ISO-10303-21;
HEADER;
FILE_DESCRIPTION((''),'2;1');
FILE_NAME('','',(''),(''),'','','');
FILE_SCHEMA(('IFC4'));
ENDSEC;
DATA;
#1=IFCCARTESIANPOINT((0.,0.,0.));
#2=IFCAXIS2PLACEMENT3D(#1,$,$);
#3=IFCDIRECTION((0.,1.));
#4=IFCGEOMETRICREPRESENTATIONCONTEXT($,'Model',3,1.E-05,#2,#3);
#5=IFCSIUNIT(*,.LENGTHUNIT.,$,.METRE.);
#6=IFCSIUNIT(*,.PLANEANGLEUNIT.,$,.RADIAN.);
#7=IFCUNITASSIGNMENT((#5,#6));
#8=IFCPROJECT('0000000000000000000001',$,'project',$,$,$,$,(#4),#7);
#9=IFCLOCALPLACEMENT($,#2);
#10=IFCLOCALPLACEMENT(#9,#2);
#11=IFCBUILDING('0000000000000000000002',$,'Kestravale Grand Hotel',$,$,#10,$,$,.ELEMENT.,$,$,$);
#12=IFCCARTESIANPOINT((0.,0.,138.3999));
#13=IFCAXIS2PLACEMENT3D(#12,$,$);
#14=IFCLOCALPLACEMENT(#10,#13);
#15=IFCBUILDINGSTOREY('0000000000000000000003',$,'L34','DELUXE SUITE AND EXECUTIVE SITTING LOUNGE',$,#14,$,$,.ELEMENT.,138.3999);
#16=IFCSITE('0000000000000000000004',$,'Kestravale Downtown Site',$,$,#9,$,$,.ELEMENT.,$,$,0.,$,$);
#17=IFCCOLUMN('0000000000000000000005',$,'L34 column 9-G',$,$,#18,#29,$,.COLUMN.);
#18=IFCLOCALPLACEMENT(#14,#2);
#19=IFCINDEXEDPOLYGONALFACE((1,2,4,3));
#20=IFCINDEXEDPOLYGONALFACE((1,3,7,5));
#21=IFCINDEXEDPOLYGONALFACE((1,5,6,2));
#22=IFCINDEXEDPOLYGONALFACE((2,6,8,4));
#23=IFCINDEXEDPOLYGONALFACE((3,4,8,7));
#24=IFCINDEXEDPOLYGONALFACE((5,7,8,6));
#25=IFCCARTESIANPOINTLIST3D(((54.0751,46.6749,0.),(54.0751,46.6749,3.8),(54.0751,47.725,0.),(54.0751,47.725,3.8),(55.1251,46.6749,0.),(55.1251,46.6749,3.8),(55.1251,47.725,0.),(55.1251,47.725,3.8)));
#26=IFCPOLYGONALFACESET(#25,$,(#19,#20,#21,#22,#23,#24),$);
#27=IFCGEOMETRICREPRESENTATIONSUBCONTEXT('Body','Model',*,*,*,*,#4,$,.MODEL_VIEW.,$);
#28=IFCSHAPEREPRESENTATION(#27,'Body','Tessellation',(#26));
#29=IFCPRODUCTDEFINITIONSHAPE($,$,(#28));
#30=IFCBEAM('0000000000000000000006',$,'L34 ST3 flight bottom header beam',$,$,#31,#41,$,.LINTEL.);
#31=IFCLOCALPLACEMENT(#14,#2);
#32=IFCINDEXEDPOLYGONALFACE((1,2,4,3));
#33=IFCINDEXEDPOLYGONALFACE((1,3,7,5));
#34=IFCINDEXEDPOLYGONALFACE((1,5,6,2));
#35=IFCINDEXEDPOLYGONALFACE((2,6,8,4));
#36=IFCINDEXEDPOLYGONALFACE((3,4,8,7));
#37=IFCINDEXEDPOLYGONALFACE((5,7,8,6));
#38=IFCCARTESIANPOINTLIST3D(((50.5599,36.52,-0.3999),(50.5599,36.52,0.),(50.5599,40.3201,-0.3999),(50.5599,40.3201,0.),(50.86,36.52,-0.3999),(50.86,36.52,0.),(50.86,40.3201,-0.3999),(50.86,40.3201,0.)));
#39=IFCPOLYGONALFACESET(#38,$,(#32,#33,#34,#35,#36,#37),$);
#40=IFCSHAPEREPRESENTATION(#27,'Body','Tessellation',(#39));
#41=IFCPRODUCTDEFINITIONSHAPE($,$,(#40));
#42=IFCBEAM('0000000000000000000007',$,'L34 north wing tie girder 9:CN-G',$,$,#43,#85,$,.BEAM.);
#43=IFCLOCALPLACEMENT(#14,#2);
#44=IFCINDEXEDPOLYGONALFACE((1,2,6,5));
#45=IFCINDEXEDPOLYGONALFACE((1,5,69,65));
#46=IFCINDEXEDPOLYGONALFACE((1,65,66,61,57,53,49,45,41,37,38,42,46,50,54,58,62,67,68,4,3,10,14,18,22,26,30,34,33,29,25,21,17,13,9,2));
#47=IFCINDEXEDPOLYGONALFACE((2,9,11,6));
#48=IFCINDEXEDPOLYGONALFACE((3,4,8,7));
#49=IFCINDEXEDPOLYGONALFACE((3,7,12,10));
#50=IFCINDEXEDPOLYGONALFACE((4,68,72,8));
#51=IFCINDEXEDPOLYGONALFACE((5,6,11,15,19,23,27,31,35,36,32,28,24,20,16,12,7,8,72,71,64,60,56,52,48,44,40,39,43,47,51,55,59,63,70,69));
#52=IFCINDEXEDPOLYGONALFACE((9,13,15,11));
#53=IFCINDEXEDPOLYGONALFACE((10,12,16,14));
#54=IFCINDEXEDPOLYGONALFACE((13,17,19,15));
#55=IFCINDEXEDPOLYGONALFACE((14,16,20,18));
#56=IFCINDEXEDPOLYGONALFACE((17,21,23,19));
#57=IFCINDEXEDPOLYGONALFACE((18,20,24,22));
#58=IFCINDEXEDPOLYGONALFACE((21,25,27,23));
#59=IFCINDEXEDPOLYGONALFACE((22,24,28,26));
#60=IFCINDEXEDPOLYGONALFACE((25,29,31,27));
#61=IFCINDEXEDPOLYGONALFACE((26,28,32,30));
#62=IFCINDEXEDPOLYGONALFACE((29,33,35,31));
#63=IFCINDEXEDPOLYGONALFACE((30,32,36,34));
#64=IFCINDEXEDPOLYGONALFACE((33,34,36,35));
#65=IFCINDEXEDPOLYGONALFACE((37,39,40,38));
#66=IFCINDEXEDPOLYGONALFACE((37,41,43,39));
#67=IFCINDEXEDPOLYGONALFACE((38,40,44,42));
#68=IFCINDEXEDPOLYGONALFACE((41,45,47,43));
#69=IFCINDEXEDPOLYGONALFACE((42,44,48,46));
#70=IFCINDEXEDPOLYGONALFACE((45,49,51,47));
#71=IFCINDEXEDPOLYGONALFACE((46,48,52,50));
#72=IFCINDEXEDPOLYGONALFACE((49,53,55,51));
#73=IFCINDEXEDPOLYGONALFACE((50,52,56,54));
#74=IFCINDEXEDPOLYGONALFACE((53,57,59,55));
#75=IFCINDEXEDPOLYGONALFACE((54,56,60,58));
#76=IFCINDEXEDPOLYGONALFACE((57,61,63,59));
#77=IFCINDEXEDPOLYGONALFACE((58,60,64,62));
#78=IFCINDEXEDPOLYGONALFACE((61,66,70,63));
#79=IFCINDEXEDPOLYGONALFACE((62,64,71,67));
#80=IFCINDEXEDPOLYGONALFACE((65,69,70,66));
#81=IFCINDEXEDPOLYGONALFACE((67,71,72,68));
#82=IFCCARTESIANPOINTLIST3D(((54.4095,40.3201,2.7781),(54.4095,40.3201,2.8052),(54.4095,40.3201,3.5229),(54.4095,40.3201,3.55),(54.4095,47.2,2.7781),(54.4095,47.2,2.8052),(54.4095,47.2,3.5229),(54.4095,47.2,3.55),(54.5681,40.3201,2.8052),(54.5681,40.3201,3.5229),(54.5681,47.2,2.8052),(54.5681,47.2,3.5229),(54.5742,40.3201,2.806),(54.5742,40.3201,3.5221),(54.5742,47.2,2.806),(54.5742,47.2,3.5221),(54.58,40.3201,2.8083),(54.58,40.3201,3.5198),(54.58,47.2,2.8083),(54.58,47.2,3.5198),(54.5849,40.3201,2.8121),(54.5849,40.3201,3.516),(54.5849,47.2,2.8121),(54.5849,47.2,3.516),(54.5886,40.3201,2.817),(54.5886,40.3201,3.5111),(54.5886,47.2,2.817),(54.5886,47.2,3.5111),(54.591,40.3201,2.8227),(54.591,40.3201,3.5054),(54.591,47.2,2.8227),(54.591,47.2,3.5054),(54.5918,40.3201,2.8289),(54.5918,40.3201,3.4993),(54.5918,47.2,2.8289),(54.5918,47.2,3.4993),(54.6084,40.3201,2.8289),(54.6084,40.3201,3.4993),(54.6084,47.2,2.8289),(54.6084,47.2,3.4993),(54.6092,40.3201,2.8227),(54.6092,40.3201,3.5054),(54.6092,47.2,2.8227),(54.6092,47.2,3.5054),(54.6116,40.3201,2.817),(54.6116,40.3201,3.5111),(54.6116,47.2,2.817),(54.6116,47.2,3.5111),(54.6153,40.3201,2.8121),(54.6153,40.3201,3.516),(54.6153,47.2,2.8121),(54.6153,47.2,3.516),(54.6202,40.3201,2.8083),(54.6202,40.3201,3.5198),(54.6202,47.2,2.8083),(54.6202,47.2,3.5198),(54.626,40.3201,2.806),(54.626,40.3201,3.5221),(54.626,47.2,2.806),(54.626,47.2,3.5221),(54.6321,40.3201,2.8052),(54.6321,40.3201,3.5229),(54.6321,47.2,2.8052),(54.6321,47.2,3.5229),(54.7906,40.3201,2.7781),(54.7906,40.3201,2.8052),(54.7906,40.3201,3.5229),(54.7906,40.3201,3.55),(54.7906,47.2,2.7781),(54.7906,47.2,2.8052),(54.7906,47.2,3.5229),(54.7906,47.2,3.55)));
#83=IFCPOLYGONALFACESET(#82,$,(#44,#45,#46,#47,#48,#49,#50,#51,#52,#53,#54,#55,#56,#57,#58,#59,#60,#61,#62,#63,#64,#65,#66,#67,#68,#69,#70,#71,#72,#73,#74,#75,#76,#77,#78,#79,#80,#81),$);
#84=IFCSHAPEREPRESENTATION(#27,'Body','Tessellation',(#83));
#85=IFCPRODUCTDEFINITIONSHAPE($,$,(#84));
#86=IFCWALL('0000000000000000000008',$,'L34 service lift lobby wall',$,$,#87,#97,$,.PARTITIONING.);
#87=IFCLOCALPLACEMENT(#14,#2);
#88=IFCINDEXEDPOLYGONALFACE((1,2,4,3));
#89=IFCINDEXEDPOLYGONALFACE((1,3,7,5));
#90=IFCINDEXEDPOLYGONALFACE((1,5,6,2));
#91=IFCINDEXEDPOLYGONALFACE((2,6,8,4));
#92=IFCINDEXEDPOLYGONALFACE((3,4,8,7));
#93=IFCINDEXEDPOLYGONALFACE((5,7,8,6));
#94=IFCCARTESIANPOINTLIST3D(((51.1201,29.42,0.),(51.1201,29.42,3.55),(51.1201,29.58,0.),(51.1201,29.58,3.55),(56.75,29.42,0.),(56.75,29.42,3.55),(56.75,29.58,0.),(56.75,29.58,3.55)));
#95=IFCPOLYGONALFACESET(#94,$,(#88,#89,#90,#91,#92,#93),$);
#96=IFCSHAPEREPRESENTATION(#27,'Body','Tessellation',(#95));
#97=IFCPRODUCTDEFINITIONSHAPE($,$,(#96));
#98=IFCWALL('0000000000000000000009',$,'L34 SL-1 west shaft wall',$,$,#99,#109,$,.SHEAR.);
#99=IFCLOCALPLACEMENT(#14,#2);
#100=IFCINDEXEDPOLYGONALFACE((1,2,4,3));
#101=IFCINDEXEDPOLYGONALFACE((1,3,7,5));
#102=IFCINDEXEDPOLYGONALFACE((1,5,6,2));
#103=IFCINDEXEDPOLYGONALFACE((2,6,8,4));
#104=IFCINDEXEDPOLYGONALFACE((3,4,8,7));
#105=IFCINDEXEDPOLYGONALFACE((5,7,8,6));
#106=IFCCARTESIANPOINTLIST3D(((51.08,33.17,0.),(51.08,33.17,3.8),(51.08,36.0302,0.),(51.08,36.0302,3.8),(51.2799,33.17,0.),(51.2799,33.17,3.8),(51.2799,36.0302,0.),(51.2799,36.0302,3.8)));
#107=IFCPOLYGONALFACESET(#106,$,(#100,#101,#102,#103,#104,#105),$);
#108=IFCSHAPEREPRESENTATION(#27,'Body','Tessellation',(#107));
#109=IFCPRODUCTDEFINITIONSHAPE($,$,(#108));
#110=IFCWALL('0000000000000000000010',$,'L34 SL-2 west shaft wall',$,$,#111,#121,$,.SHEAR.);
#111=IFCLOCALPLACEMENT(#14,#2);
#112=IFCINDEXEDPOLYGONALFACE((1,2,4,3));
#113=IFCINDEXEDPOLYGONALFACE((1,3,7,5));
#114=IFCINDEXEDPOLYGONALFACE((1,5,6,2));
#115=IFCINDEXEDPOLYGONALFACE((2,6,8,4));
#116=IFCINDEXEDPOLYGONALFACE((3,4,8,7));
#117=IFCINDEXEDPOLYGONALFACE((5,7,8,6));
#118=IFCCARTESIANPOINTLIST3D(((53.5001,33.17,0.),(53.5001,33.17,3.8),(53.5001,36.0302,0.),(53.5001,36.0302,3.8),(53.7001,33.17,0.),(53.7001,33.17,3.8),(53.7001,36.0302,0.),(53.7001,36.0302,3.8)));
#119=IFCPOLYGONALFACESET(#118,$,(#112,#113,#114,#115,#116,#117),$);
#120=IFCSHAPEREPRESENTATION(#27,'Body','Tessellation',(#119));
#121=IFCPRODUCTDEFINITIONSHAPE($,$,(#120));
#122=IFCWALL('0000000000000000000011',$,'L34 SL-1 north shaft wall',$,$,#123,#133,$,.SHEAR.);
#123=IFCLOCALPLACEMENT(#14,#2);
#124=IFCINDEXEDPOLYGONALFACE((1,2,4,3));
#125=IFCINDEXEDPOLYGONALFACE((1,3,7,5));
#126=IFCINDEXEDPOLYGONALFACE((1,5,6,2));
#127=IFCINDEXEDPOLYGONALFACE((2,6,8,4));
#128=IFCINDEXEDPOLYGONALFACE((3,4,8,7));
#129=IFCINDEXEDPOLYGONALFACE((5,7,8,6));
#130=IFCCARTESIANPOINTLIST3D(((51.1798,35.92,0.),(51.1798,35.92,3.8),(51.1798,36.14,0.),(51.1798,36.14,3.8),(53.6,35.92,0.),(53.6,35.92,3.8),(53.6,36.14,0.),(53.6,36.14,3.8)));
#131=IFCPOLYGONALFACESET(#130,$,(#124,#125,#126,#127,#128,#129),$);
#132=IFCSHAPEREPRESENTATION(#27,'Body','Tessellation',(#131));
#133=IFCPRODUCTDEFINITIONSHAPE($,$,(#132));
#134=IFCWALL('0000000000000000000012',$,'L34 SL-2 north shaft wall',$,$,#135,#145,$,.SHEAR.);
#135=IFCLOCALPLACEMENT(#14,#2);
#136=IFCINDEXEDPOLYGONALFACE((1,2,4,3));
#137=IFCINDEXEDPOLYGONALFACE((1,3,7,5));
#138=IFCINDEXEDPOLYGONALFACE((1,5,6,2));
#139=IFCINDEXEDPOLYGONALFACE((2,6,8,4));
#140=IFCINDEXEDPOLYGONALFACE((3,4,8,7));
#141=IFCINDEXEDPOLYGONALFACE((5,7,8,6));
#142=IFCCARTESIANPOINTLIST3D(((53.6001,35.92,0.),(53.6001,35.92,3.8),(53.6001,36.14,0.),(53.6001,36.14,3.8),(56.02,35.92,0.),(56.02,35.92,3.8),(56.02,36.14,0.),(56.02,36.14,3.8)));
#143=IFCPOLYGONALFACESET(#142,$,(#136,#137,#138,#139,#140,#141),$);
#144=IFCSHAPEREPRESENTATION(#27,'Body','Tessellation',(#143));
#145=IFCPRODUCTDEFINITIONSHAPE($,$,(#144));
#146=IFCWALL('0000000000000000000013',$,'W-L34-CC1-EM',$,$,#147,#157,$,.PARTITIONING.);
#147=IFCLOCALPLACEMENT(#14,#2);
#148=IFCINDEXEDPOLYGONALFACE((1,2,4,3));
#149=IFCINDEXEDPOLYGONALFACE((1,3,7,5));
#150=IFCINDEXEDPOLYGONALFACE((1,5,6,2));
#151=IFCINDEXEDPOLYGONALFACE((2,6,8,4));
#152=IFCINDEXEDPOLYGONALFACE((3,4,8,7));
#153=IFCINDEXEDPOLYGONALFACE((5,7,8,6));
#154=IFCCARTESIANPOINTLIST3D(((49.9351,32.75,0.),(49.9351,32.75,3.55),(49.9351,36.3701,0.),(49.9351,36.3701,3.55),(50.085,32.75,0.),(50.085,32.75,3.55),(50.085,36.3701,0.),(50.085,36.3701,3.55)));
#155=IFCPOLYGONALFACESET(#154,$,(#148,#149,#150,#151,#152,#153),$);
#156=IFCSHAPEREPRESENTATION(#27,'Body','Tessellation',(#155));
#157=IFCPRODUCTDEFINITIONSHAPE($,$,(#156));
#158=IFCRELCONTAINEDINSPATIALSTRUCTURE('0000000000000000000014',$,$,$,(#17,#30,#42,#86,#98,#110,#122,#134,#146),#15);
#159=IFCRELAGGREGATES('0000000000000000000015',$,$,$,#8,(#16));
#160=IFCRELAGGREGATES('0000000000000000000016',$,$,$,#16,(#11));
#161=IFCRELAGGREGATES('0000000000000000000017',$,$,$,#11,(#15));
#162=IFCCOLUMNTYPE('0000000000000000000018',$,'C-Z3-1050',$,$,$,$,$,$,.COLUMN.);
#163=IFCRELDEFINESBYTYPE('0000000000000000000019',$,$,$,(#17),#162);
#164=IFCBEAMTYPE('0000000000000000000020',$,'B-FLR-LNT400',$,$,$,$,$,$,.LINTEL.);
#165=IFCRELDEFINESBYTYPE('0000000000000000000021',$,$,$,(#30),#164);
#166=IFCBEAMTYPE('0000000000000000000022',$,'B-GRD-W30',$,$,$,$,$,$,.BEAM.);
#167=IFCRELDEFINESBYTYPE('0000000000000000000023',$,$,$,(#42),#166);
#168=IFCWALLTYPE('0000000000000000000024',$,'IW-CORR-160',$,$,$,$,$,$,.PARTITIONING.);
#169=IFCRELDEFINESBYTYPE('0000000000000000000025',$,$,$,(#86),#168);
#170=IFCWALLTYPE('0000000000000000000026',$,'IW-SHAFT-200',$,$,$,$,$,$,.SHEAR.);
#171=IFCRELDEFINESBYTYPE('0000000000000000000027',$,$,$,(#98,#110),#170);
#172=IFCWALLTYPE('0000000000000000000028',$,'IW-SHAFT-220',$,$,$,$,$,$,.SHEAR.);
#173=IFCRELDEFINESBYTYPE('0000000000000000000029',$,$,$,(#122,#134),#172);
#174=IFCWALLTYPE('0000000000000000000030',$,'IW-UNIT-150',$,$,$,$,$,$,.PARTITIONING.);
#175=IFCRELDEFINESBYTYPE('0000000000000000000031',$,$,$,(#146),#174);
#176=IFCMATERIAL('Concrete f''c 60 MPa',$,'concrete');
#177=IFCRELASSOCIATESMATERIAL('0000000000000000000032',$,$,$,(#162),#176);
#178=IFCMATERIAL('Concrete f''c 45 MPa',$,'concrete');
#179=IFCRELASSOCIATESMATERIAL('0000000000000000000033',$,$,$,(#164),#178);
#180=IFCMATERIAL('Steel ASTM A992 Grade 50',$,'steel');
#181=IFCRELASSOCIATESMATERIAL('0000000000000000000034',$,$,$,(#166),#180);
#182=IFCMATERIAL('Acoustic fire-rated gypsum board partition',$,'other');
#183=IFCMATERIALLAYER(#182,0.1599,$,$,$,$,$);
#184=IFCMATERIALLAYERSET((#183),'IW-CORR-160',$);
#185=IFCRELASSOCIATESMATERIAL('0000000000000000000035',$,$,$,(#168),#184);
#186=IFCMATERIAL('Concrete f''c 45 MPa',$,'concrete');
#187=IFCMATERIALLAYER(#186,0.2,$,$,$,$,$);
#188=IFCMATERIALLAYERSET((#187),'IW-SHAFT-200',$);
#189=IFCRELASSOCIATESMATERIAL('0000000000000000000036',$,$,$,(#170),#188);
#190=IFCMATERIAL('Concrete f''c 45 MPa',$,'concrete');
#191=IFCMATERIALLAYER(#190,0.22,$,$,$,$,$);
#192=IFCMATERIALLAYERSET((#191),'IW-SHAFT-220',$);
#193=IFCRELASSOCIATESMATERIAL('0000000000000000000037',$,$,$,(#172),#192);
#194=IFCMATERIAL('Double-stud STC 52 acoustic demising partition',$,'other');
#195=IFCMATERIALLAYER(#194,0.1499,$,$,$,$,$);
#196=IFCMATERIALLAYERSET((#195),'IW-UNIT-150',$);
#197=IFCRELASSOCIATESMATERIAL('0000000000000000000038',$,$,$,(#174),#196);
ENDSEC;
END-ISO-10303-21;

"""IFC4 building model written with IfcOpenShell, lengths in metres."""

from ifc_helpers import new_model, si_unit, direction, frame, frame_2d, origin, origin_2d, place, context, subcontext, project, spatial, rectangle, i_section, extrude, material, layer, layer_set, material_profile, profile_set, type_object, element, save


model = new_model("IFC4")

# Units and contexts
model_context = context("Model", 3, precision=1e-05, world=origin(), true_north=direction((0.0, 1.0)))
body_context = subcontext(model_context, "Body", "Model", "MODEL_VIEW")
ifc_project = project(units=[si_unit("LENGTHUNIT", "METRE"), si_unit("PLANEANGLEUNIT", "RADIAN")], contexts=[model_context])

# Site, building, storey
site_placement = place(None, origin())
site = spatial("IfcSite", under=ifc_project, at=site_placement, Name="Kestravale Downtown Site", CompositionType="ELEMENT", RefElevation=0.0)
building_placement = place(site_placement, origin())
building = spatial("IfcBuilding", under=site, at=building_placement, Name="Kestravale Grand Hotel", CompositionType="ELEMENT")
storey_placement = place(building_placement, frame((0.0, 0.0, 138.3999)))
storey = spatial("IfcBuildingStorey", under=building, at=storey_placement, Name="L34", Description="DELUXE SUITE AND EXECUTIVE SITTING LOUNGE", CompositionType="ELEMENT", Elevation=138.3999)

# Column
ifc_material_1 = material(Name="Concrete f'c 60 MPa", Category="concrete")
ifc_material_profile_1 = material_profile(ifc_material_1, rectangle(XDim=1.05, YDim=1.05, at=origin_2d()))
ifc_profile_set_1 = profile_set([ifc_material_profile_1], Name="Concrete f'c 60 MPa")
column_type = type_object("IfcColumnType", Name="C-Z3-1050", PredefinedType="COLUMN", material=ifc_profile_set_1)
column_placement = place(storey_placement, frame((54.6001, 47.2, 0.0), z_axis=(0.0, 0.0, 1.0), x_axis=(1.0, 0.0, 0.0)))
element("IfcColumn", 1, at=column_placement, inside=storey, type_object=column_type, Name="L34 column 9-G", PredefinedType="COLUMN", context=body_context, shape_type="SweptSolid", body=[
    extrude(rectangle(XDim=1.05, YDim=1.05, at=origin_2d()), origin(), (0.0, 0.0, 1.0), 3.8),
])

# Beams
ifc_material_2 = material(Name="Concrete f'c 45 MPa", Category="concrete")
ifc_material_profile_2 = material_profile(ifc_material_2, rectangle(XDim=0.3, YDim=0.3999, at=origin_2d()))
ifc_profile_set_2 = profile_set([ifc_material_profile_2], Name="Concrete f'c 45 MPa")
beam_type_1 = type_object("IfcBeamType", Name="B-FLR-LNT400", PredefinedType="LINTEL", material=ifc_profile_set_2)
beam_1_placement = place(storey_placement, frame((50.71, 36.52, -0.2), z_axis=(0.0, 1.0, 0.0), x_axis=(-1.0, 0.0, 0.0)))
element("IfcBeam", 2, at=beam_1_placement, inside=storey, type_object=beam_type_1, Name="L34 ST3 flight bottom header beam", PredefinedType="LINTEL", context=body_context, shape_type="SweptSolid", body=[
    extrude(rectangle(XDim=0.3, YDim=0.3999, at=origin_2d()), origin(), (0.0, 0.0, 1.0), 3.8),
])
ifc_material_3 = material(Name="Steel ASTM A992 Grade 50", Category="steel")
ifc_material_profile_3 = material_profile(ifc_material_3, i_section(OverallWidth=0.3811, OverallDepth=0.772, WebThickness=0.0166, FlangeThickness=0.0271, FilletRadius=0.0237, at=origin_2d()))
ifc_profile_set_3 = profile_set([ifc_material_profile_3], Name="Steel ASTM A992 Grade 50")
beam_type_2 = type_object("IfcBeamType", Name="B-GRD-W30", PredefinedType="BEAM", material=ifc_profile_set_3)
beam_2_placement = place(storey_placement, frame((54.6001, 40.3201, 3.1641), z_axis=(0.0, 1.0, 0.0), x_axis=(-1.0, 0.0, 0.0)))
element("IfcBeam", 3, at=beam_2_placement, inside=storey, type_object=beam_type_2, Name="L34 north wing tie girder 9:CN-G", PredefinedType="BEAM", context=body_context, shape_type="SweptSolid", body=[
    extrude(i_section(OverallWidth=0.3811, OverallDepth=0.772, WebThickness=0.0166, FlangeThickness=0.0271, FilletRadius=0.0237, at=origin_2d()), origin(), (0.0, 0.0, 1.0), 6.8799),
])

# Shared definitions
ifc_material_4 = material(Name="Acoustic fire-rated gypsum board partition", Category="other")
ifc_layer_1 = layer(ifc_material_4, 0.1599)
ifc_layer_set_1 = layer_set([ifc_layer_1], Name="IW-CORR-160")
wall_type_1 = type_object("IfcWallType", Name="IW-CORR-160", PredefinedType="PARTITIONING", material=ifc_layer_set_1)

# Walls
wall_1_placement = place(storey_placement, frame((51.1201, 29.5, 0.0), z_axis=(0.0, 0.0, 1.0), x_axis=(1.0, 0.0, 0.0)))
element("IfcWall", 4, at=wall_1_placement, inside=storey, type_object=wall_type_1, Name="L34 service lift lobby wall", PredefinedType="PARTITIONING", context=body_context, shape_type="SweptSolid", body=[
    extrude(rectangle(XDim=5.6299, YDim=0.1599, at=frame_2d((2.8149, 0.0))), origin(), (0.0, 0.0, 1.0), 3.55),
])
ifc_material_5 = material(Name="Concrete f'c 45 MPa", Category="concrete")
ifc_layer_2 = layer(ifc_material_5, 0.2)
ifc_layer_set_2 = layer_set([ifc_layer_2], Name="IW-SHAFT-200")
wall_type_2 = type_object("IfcWallType", Name="IW-SHAFT-200", PredefinedType="SHEAR", material=ifc_layer_set_2)
for number, where, z_axis, x_axis, name in (
    (5, (51.1799, 33.1699, 0.0), (0.0, 0.0, 1.0), (0.0, 1.0, 0.0), "L34 SL-1 west shaft wall"),
    (6, (53.6001, 33.1699, 0.0), (0.0, 0.0, 1.0), (0.0, 1.0, 0.0), "L34 SL-2 west shaft wall"),
):
    element("IfcWall", number, at=place(storey_placement, frame(where, z_axis=z_axis, x_axis=x_axis)), inside=storey, type_object=wall_type_2, Name=name, PredefinedType="SHEAR", context=body_context, shape_type="SweptSolid", body=[
        extrude(rectangle(XDim=2.8601, YDim=0.2, at=frame_2d((1.4302, 0.0))), origin(), (0.0, 0.0, 1.0), 3.8),
    ])
ifc_material_6 = material(Name="Concrete f'c 45 MPa", Category="concrete")
ifc_layer_3 = layer(ifc_material_6, 0.22)
ifc_layer_set_3 = layer_set([ifc_layer_3], Name="IW-SHAFT-220")
wall_type_3 = type_object("IfcWallType", Name="IW-SHAFT-220", PredefinedType="SHEAR", material=ifc_layer_set_3)
wall_2_placement = place(storey_placement, frame((51.1799, 36.03, 0.0), z_axis=(0.0, 0.0, 1.0), x_axis=(1.0, 0.0, 0.0)))
element("IfcWall", 7, at=wall_2_placement, inside=storey, type_object=wall_type_3, Name="L34 SL-1 north shaft wall", PredefinedType="SHEAR", context=body_context, shape_type="SweptSolid", body=[
    extrude(rectangle(XDim=2.4202, YDim=0.22, at=frame_2d((1.21, 0.0))), origin(), (0.0, 0.0, 1.0), 3.8),
])

# Wall
wall_3_placement = place(storey_placement, frame((53.6001, 36.03, 0.0), z_axis=(0.0, 0.0, 1.0), x_axis=(1.0, 0.0, 0.0)))
element("IfcWall", 8, at=wall_3_placement, inside=storey, type_object=wall_type_3, Name="L34 SL-2 north shaft wall", PredefinedType="SHEAR", context=body_context, shape_type="SweptSolid", body=[
    extrude(rectangle(XDim=2.4199, YDim=0.22, at=frame_2d((1.21, 0.0))), origin(), (0.0, 0.0, 1.0), 3.8),
])

# Wall
ifc_material_7 = material(Name="Double-stud STC 52 acoustic demising partition", Category="other")
ifc_layer_4 = layer(ifc_material_7, 0.1499)
ifc_layer_set_4 = layer_set([ifc_layer_4], Name="IW-UNIT-150")
wall_type_4 = type_object("IfcWallType", Name="IW-UNIT-150", PredefinedType="PARTITIONING", material=ifc_layer_set_4)
wall_4_placement = place(storey_placement, frame((50.01, 32.75, 0.0), z_axis=(0.0, 0.0, 1.0), x_axis=(0.0, 1.0, 0.0)))
element("IfcWall", 9, at=wall_4_placement, inside=storey, type_object=wall_type_4, Name="W-L34-CC1-EM", PredefinedType="PARTITIONING", context=body_context, shape_type="SweptSolid", body=[
    extrude(rectangle(XDim=3.6201, YDim=0.1499, at=frame_2d((1.8101, 0.0))), origin(), (0.0, 0.0, 1.0), 3.55),
])

save(model, "model.ifc")
